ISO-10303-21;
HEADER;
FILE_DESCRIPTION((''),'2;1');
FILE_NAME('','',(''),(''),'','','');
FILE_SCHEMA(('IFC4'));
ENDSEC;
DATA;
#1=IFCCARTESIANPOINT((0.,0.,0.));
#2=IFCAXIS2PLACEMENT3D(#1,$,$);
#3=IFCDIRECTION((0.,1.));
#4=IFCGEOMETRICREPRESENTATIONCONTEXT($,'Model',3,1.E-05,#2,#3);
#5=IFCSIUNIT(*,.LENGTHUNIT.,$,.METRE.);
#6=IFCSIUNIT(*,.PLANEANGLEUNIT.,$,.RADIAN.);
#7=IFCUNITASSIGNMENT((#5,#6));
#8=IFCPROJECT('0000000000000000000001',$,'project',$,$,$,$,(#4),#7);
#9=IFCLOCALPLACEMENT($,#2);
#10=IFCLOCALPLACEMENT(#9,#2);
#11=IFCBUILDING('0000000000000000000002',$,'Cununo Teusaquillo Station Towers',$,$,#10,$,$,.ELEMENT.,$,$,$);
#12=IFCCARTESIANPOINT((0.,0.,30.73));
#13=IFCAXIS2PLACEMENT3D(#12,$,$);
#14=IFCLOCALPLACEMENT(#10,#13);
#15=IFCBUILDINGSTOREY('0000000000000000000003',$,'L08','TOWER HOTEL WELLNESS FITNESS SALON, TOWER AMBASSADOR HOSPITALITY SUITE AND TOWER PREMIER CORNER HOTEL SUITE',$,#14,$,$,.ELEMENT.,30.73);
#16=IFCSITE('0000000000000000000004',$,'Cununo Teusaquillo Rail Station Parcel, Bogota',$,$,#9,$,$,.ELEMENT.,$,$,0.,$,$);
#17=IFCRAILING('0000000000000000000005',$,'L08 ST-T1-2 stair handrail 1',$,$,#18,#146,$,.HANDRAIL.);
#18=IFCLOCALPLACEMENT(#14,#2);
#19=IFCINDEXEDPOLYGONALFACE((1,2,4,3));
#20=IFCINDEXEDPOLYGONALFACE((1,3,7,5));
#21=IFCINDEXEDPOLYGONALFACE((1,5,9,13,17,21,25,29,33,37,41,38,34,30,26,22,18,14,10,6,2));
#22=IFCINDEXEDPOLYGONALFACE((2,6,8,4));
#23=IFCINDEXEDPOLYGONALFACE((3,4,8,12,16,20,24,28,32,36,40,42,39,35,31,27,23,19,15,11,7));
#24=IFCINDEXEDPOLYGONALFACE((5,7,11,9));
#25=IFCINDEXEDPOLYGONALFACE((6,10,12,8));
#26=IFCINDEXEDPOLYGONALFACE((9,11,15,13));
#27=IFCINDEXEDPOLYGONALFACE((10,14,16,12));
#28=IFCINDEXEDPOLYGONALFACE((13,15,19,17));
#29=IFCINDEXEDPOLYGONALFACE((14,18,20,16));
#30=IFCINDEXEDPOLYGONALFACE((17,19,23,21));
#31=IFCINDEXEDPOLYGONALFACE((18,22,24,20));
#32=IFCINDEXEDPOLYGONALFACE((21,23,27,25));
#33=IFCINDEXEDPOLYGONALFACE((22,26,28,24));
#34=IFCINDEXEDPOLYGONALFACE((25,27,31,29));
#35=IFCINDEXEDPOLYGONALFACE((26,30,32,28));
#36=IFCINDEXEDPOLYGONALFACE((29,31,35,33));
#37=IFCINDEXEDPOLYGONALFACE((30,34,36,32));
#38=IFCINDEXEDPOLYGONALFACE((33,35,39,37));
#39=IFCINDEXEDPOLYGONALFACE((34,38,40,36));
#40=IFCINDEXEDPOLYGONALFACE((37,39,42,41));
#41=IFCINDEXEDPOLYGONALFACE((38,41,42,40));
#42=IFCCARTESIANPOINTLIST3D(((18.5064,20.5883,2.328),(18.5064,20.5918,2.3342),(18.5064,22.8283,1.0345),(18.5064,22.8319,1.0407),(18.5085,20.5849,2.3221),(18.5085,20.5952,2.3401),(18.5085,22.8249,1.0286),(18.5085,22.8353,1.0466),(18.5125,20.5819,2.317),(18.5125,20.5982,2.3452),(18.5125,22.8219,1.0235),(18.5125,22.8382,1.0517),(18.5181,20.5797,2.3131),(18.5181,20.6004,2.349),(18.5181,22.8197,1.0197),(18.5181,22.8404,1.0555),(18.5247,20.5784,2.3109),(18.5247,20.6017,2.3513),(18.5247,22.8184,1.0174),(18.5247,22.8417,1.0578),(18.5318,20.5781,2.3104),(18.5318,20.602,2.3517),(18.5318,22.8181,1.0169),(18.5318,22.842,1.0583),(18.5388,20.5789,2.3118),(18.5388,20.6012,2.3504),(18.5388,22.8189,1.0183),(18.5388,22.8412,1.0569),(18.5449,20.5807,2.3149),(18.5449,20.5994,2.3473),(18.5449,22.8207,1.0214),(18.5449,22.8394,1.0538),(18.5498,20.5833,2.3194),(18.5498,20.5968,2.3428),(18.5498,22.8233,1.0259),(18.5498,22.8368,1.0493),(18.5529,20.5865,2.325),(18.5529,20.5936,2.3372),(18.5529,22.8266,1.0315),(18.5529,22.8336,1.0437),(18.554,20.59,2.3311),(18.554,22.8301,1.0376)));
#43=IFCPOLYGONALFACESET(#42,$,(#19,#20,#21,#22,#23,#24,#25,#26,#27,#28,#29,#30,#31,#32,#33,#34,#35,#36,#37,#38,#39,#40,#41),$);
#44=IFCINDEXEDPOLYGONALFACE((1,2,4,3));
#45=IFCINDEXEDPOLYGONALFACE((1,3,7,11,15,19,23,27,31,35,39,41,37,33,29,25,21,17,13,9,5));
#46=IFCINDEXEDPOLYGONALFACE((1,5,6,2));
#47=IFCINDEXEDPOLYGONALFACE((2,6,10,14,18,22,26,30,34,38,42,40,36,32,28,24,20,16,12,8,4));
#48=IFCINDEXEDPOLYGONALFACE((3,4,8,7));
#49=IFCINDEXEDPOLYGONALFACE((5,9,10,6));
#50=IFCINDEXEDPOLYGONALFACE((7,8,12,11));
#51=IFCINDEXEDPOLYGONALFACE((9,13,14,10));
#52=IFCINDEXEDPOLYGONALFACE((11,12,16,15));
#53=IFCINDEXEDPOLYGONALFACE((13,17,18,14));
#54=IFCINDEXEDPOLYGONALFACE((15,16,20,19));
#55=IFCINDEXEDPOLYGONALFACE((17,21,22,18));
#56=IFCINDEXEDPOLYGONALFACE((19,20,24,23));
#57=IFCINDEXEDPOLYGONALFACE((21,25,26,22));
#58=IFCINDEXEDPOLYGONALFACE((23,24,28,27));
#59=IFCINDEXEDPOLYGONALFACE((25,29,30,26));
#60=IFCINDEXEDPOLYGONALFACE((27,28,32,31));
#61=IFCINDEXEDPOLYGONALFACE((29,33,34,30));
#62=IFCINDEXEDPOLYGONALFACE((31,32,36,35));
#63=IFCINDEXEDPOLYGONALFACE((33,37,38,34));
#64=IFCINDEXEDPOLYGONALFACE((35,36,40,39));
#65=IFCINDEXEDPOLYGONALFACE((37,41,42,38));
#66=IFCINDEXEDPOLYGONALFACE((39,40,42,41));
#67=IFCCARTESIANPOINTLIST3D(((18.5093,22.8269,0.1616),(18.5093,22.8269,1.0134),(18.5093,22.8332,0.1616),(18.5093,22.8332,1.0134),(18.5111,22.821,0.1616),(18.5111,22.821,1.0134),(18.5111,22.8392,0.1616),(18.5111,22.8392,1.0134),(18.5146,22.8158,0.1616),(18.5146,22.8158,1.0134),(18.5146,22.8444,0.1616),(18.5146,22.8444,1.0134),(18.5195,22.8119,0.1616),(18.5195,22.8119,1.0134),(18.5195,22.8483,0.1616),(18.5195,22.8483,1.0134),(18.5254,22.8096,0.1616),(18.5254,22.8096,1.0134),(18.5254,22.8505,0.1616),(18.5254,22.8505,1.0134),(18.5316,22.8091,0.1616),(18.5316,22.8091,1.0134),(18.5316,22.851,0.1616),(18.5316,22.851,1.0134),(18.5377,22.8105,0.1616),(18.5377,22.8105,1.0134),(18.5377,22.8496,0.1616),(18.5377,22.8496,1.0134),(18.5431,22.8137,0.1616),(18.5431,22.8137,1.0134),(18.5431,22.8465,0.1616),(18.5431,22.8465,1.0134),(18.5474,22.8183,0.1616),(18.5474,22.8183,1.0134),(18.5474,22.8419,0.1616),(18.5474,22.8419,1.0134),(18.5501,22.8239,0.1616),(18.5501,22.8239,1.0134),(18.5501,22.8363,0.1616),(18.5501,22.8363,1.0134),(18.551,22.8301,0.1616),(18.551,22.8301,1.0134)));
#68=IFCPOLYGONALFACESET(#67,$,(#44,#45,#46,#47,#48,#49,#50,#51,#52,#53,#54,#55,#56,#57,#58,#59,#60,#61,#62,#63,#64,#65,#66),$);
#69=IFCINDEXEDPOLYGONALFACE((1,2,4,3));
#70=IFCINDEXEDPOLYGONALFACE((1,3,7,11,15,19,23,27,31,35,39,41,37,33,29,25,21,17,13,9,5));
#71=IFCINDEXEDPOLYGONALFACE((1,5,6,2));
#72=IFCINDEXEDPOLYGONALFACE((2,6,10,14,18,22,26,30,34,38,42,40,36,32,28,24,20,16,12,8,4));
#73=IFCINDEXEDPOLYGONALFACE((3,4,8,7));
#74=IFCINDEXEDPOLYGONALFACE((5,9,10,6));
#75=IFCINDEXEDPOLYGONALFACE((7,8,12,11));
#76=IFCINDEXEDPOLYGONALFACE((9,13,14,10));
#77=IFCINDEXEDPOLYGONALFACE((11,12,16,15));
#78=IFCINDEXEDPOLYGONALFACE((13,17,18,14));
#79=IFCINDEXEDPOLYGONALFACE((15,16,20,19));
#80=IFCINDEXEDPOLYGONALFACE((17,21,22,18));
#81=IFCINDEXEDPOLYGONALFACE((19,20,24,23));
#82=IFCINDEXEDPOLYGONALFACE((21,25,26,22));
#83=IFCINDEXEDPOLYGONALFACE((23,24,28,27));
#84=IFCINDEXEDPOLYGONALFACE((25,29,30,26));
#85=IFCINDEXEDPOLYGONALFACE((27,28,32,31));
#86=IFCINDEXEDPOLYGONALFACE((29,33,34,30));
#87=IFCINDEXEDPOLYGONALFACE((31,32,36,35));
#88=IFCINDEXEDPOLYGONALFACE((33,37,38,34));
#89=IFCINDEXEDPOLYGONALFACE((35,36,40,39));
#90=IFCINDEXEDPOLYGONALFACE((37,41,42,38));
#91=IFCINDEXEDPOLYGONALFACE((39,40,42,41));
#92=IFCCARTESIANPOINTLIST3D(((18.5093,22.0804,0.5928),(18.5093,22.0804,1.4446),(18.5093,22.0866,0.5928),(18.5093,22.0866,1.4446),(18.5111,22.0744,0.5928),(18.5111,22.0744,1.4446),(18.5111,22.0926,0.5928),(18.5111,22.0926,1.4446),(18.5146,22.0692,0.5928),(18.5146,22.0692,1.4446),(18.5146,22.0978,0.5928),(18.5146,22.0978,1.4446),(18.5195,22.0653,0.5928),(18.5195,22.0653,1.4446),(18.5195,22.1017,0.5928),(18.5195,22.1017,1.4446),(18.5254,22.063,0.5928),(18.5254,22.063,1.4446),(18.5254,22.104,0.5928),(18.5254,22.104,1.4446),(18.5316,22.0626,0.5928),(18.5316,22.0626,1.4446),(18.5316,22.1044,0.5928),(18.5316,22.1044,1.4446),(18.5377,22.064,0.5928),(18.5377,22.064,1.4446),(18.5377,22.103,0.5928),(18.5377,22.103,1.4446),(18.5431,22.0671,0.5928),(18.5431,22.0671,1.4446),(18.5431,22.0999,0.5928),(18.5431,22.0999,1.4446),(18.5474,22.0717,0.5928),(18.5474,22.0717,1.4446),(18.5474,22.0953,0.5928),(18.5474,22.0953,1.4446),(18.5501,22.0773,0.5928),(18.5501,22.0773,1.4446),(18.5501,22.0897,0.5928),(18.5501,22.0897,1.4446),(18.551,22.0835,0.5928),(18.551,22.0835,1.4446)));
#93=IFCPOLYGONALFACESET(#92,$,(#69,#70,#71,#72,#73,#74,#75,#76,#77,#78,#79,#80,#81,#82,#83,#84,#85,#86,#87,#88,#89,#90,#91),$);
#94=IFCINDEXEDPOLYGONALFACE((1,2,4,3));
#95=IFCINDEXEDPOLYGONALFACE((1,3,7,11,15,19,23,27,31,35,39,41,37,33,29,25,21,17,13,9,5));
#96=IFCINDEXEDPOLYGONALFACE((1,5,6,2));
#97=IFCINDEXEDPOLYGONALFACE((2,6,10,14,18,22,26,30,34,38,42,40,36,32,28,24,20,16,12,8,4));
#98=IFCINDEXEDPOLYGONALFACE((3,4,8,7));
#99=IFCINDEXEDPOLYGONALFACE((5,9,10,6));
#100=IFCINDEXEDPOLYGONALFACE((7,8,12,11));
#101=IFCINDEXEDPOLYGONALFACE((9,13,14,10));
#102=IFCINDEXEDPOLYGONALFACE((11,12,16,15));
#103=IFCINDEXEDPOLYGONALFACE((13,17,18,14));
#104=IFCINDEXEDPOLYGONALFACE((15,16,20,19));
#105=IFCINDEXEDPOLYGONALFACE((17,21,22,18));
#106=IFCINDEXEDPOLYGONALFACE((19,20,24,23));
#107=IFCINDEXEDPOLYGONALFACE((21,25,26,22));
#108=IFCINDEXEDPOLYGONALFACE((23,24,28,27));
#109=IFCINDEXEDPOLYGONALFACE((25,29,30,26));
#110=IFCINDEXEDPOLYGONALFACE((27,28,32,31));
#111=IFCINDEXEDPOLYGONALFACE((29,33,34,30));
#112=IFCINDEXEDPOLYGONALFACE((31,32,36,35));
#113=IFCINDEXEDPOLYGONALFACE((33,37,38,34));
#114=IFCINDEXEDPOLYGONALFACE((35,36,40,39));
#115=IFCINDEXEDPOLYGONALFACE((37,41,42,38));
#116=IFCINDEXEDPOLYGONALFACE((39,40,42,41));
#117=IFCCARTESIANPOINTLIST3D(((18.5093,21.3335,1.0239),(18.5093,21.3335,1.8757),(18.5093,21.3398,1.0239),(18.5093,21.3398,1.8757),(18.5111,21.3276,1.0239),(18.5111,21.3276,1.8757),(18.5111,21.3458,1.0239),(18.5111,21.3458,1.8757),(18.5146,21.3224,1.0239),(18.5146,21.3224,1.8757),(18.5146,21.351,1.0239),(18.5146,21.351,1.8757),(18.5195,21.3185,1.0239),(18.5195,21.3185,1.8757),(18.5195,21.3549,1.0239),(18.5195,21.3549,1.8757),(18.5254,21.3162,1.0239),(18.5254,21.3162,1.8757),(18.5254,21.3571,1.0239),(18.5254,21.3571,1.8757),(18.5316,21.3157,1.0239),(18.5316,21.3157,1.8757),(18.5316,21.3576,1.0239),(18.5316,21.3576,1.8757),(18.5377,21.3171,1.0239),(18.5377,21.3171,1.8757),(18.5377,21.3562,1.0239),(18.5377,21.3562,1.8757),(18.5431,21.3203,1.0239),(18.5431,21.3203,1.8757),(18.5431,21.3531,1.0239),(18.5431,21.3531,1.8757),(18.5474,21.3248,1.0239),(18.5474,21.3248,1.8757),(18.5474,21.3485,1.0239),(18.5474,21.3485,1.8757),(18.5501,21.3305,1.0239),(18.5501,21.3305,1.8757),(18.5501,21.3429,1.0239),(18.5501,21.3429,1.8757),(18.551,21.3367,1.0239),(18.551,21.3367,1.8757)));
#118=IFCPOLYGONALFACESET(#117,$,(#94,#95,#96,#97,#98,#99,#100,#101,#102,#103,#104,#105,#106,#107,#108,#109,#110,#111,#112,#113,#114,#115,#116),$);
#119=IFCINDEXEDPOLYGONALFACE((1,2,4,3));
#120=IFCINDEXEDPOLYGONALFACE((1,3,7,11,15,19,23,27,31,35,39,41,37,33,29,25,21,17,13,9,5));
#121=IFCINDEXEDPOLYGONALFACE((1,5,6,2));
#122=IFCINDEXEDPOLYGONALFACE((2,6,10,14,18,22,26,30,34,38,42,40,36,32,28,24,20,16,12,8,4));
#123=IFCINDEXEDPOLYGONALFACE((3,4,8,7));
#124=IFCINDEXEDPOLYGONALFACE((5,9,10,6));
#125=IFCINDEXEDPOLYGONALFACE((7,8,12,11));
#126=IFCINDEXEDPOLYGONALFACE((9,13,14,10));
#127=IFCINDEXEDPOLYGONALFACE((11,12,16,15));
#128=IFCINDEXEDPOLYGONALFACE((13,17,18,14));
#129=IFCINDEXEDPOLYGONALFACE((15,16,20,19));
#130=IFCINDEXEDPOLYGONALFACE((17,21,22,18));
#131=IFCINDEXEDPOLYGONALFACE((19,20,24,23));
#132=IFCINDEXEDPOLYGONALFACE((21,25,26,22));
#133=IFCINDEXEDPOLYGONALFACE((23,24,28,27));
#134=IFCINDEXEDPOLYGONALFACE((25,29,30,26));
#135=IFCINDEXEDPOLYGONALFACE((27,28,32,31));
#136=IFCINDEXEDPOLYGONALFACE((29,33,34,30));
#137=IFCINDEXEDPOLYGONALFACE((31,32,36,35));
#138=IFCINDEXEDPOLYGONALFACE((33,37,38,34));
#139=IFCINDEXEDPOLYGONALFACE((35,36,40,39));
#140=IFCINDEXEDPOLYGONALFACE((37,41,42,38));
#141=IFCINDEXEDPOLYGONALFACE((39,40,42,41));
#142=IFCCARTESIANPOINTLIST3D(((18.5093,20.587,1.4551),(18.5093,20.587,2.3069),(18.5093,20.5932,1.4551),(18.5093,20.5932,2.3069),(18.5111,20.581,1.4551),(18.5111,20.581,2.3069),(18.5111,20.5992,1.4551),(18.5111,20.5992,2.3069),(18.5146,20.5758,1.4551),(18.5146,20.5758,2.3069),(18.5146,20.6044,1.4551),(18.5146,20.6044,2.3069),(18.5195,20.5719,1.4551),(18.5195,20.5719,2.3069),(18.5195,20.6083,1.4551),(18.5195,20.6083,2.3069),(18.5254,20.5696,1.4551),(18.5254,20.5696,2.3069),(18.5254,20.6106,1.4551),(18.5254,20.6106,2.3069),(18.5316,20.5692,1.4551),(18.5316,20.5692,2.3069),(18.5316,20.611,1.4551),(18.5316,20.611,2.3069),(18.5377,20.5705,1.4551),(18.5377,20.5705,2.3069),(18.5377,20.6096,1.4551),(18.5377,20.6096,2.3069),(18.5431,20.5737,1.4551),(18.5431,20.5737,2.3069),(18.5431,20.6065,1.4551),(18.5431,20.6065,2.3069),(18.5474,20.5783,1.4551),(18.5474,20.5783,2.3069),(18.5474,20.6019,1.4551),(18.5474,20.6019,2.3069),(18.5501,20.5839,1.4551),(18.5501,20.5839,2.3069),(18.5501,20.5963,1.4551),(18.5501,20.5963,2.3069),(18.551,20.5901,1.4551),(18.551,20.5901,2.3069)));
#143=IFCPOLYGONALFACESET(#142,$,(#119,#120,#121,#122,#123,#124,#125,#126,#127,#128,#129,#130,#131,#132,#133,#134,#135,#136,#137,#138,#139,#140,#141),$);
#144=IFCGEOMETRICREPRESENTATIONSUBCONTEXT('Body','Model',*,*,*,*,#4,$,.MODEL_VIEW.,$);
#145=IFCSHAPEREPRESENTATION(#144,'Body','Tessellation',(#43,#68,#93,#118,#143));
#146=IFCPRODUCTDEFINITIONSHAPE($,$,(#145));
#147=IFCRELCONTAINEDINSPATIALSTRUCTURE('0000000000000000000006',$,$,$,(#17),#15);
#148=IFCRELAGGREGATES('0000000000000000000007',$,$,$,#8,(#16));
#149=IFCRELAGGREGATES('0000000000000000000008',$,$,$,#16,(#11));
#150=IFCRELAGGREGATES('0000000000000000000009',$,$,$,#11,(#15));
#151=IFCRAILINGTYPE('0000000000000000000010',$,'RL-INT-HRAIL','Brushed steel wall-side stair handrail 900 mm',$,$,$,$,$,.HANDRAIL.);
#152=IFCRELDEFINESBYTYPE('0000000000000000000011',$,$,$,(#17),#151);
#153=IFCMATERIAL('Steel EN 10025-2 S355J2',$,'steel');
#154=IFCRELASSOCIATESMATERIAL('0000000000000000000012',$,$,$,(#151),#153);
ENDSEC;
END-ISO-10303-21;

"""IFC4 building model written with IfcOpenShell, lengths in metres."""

from ifc_helpers import new_model, si_unit, direction, frame, origin, origin_2d, place, context, subcontext, project, spatial, circle, extrude, material, type_object, element, save


model = new_model("IFC4")

# Units and contexts
model_context = context("Model", 3, precision=1e-05, world=origin(), true_north=direction((0.0, 1.0)))
body_context = subcontext(model_context, "Body", "Model", "MODEL_VIEW")
ifc_project = project(units=[si_unit("LENGTHUNIT", "METRE"), si_unit("PLANEANGLEUNIT", "RADIAN")], contexts=[model_context])

# Site, building, storey
site_placement = place(None, origin())
site = spatial("IfcSite", under=ifc_project, at=site_placement, Name="Cununo Teusaquillo Rail Station Parcel, Bogota", CompositionType="ELEMENT", RefElevation=0.0)
building_placement = place(site_placement, origin())
building = spatial("IfcBuilding", under=site, at=building_placement, Name="Cununo Teusaquillo Station Towers", CompositionType="ELEMENT")
storey_placement = place(building_placement, frame((0.0, 0.0, 30.73)))
storey = spatial("IfcBuildingStorey", under=building, at=storey_placement, Name="L08", Description="TOWER HOTEL WELLNESS FITNESS SALON, TOWER AMBASSADOR HOSPITALITY SUITE AND TOWER PREMIER CORNER HOTEL SUITE", CompositionType="ELEMENT", Elevation=30.73)

# Railing
ifc_material_1 = material(Name="Steel EN 10025-2 S355J2", Category="steel")
railing_type_1 = type_object("IfcRailingType", Name="RL-INT-HRAIL", Description="Brushed steel wall-side stair handrail 900 mm", PredefinedType="HANDRAIL", material=ifc_material_1)
railing_1_placement = place(storey_placement, frame((18.53, 22.8301, 0.1616)))
element("IfcRailing", 1, at=railing_1_placement, inside=storey, type_object=railing_type_1, Name="L08 ST-T1-2 stair handrail 1", PredefinedType="HANDRAIL", context=body_context, shape_type="SweptSolid", body=[
    extrude(circle(Radius=0.0239, at=origin_2d()), frame((0.0, 0.0, 0.876), z_axis=(0.0, -0.865992, 0.500057), x_axis=(1.0, 0.0, 0.0)), (0.0, 0.0, 1.0), 2.5867),
    extrude(circle(Radius=0.021, at=origin_2d()), origin(), (0.0, 0.0, 1.0), 0.8518),
    extrude(circle(Radius=0.021, at=origin_2d()), frame((0.0, -0.7466, 0.4312)), (0.0, 0.0, 1.0), 0.8518),
    extrude(circle(Radius=0.021, at=origin_2d()), frame((0.0, -1.4934, 0.8623)), (0.0, 0.0, 1.0), 0.8518),
    extrude(circle(Radius=0.021, at=origin_2d()), frame((0.0, -2.24, 1.2935)), (0.0, 0.0, 1.0), 0.8518),
])

save(model, "model.ifc")
